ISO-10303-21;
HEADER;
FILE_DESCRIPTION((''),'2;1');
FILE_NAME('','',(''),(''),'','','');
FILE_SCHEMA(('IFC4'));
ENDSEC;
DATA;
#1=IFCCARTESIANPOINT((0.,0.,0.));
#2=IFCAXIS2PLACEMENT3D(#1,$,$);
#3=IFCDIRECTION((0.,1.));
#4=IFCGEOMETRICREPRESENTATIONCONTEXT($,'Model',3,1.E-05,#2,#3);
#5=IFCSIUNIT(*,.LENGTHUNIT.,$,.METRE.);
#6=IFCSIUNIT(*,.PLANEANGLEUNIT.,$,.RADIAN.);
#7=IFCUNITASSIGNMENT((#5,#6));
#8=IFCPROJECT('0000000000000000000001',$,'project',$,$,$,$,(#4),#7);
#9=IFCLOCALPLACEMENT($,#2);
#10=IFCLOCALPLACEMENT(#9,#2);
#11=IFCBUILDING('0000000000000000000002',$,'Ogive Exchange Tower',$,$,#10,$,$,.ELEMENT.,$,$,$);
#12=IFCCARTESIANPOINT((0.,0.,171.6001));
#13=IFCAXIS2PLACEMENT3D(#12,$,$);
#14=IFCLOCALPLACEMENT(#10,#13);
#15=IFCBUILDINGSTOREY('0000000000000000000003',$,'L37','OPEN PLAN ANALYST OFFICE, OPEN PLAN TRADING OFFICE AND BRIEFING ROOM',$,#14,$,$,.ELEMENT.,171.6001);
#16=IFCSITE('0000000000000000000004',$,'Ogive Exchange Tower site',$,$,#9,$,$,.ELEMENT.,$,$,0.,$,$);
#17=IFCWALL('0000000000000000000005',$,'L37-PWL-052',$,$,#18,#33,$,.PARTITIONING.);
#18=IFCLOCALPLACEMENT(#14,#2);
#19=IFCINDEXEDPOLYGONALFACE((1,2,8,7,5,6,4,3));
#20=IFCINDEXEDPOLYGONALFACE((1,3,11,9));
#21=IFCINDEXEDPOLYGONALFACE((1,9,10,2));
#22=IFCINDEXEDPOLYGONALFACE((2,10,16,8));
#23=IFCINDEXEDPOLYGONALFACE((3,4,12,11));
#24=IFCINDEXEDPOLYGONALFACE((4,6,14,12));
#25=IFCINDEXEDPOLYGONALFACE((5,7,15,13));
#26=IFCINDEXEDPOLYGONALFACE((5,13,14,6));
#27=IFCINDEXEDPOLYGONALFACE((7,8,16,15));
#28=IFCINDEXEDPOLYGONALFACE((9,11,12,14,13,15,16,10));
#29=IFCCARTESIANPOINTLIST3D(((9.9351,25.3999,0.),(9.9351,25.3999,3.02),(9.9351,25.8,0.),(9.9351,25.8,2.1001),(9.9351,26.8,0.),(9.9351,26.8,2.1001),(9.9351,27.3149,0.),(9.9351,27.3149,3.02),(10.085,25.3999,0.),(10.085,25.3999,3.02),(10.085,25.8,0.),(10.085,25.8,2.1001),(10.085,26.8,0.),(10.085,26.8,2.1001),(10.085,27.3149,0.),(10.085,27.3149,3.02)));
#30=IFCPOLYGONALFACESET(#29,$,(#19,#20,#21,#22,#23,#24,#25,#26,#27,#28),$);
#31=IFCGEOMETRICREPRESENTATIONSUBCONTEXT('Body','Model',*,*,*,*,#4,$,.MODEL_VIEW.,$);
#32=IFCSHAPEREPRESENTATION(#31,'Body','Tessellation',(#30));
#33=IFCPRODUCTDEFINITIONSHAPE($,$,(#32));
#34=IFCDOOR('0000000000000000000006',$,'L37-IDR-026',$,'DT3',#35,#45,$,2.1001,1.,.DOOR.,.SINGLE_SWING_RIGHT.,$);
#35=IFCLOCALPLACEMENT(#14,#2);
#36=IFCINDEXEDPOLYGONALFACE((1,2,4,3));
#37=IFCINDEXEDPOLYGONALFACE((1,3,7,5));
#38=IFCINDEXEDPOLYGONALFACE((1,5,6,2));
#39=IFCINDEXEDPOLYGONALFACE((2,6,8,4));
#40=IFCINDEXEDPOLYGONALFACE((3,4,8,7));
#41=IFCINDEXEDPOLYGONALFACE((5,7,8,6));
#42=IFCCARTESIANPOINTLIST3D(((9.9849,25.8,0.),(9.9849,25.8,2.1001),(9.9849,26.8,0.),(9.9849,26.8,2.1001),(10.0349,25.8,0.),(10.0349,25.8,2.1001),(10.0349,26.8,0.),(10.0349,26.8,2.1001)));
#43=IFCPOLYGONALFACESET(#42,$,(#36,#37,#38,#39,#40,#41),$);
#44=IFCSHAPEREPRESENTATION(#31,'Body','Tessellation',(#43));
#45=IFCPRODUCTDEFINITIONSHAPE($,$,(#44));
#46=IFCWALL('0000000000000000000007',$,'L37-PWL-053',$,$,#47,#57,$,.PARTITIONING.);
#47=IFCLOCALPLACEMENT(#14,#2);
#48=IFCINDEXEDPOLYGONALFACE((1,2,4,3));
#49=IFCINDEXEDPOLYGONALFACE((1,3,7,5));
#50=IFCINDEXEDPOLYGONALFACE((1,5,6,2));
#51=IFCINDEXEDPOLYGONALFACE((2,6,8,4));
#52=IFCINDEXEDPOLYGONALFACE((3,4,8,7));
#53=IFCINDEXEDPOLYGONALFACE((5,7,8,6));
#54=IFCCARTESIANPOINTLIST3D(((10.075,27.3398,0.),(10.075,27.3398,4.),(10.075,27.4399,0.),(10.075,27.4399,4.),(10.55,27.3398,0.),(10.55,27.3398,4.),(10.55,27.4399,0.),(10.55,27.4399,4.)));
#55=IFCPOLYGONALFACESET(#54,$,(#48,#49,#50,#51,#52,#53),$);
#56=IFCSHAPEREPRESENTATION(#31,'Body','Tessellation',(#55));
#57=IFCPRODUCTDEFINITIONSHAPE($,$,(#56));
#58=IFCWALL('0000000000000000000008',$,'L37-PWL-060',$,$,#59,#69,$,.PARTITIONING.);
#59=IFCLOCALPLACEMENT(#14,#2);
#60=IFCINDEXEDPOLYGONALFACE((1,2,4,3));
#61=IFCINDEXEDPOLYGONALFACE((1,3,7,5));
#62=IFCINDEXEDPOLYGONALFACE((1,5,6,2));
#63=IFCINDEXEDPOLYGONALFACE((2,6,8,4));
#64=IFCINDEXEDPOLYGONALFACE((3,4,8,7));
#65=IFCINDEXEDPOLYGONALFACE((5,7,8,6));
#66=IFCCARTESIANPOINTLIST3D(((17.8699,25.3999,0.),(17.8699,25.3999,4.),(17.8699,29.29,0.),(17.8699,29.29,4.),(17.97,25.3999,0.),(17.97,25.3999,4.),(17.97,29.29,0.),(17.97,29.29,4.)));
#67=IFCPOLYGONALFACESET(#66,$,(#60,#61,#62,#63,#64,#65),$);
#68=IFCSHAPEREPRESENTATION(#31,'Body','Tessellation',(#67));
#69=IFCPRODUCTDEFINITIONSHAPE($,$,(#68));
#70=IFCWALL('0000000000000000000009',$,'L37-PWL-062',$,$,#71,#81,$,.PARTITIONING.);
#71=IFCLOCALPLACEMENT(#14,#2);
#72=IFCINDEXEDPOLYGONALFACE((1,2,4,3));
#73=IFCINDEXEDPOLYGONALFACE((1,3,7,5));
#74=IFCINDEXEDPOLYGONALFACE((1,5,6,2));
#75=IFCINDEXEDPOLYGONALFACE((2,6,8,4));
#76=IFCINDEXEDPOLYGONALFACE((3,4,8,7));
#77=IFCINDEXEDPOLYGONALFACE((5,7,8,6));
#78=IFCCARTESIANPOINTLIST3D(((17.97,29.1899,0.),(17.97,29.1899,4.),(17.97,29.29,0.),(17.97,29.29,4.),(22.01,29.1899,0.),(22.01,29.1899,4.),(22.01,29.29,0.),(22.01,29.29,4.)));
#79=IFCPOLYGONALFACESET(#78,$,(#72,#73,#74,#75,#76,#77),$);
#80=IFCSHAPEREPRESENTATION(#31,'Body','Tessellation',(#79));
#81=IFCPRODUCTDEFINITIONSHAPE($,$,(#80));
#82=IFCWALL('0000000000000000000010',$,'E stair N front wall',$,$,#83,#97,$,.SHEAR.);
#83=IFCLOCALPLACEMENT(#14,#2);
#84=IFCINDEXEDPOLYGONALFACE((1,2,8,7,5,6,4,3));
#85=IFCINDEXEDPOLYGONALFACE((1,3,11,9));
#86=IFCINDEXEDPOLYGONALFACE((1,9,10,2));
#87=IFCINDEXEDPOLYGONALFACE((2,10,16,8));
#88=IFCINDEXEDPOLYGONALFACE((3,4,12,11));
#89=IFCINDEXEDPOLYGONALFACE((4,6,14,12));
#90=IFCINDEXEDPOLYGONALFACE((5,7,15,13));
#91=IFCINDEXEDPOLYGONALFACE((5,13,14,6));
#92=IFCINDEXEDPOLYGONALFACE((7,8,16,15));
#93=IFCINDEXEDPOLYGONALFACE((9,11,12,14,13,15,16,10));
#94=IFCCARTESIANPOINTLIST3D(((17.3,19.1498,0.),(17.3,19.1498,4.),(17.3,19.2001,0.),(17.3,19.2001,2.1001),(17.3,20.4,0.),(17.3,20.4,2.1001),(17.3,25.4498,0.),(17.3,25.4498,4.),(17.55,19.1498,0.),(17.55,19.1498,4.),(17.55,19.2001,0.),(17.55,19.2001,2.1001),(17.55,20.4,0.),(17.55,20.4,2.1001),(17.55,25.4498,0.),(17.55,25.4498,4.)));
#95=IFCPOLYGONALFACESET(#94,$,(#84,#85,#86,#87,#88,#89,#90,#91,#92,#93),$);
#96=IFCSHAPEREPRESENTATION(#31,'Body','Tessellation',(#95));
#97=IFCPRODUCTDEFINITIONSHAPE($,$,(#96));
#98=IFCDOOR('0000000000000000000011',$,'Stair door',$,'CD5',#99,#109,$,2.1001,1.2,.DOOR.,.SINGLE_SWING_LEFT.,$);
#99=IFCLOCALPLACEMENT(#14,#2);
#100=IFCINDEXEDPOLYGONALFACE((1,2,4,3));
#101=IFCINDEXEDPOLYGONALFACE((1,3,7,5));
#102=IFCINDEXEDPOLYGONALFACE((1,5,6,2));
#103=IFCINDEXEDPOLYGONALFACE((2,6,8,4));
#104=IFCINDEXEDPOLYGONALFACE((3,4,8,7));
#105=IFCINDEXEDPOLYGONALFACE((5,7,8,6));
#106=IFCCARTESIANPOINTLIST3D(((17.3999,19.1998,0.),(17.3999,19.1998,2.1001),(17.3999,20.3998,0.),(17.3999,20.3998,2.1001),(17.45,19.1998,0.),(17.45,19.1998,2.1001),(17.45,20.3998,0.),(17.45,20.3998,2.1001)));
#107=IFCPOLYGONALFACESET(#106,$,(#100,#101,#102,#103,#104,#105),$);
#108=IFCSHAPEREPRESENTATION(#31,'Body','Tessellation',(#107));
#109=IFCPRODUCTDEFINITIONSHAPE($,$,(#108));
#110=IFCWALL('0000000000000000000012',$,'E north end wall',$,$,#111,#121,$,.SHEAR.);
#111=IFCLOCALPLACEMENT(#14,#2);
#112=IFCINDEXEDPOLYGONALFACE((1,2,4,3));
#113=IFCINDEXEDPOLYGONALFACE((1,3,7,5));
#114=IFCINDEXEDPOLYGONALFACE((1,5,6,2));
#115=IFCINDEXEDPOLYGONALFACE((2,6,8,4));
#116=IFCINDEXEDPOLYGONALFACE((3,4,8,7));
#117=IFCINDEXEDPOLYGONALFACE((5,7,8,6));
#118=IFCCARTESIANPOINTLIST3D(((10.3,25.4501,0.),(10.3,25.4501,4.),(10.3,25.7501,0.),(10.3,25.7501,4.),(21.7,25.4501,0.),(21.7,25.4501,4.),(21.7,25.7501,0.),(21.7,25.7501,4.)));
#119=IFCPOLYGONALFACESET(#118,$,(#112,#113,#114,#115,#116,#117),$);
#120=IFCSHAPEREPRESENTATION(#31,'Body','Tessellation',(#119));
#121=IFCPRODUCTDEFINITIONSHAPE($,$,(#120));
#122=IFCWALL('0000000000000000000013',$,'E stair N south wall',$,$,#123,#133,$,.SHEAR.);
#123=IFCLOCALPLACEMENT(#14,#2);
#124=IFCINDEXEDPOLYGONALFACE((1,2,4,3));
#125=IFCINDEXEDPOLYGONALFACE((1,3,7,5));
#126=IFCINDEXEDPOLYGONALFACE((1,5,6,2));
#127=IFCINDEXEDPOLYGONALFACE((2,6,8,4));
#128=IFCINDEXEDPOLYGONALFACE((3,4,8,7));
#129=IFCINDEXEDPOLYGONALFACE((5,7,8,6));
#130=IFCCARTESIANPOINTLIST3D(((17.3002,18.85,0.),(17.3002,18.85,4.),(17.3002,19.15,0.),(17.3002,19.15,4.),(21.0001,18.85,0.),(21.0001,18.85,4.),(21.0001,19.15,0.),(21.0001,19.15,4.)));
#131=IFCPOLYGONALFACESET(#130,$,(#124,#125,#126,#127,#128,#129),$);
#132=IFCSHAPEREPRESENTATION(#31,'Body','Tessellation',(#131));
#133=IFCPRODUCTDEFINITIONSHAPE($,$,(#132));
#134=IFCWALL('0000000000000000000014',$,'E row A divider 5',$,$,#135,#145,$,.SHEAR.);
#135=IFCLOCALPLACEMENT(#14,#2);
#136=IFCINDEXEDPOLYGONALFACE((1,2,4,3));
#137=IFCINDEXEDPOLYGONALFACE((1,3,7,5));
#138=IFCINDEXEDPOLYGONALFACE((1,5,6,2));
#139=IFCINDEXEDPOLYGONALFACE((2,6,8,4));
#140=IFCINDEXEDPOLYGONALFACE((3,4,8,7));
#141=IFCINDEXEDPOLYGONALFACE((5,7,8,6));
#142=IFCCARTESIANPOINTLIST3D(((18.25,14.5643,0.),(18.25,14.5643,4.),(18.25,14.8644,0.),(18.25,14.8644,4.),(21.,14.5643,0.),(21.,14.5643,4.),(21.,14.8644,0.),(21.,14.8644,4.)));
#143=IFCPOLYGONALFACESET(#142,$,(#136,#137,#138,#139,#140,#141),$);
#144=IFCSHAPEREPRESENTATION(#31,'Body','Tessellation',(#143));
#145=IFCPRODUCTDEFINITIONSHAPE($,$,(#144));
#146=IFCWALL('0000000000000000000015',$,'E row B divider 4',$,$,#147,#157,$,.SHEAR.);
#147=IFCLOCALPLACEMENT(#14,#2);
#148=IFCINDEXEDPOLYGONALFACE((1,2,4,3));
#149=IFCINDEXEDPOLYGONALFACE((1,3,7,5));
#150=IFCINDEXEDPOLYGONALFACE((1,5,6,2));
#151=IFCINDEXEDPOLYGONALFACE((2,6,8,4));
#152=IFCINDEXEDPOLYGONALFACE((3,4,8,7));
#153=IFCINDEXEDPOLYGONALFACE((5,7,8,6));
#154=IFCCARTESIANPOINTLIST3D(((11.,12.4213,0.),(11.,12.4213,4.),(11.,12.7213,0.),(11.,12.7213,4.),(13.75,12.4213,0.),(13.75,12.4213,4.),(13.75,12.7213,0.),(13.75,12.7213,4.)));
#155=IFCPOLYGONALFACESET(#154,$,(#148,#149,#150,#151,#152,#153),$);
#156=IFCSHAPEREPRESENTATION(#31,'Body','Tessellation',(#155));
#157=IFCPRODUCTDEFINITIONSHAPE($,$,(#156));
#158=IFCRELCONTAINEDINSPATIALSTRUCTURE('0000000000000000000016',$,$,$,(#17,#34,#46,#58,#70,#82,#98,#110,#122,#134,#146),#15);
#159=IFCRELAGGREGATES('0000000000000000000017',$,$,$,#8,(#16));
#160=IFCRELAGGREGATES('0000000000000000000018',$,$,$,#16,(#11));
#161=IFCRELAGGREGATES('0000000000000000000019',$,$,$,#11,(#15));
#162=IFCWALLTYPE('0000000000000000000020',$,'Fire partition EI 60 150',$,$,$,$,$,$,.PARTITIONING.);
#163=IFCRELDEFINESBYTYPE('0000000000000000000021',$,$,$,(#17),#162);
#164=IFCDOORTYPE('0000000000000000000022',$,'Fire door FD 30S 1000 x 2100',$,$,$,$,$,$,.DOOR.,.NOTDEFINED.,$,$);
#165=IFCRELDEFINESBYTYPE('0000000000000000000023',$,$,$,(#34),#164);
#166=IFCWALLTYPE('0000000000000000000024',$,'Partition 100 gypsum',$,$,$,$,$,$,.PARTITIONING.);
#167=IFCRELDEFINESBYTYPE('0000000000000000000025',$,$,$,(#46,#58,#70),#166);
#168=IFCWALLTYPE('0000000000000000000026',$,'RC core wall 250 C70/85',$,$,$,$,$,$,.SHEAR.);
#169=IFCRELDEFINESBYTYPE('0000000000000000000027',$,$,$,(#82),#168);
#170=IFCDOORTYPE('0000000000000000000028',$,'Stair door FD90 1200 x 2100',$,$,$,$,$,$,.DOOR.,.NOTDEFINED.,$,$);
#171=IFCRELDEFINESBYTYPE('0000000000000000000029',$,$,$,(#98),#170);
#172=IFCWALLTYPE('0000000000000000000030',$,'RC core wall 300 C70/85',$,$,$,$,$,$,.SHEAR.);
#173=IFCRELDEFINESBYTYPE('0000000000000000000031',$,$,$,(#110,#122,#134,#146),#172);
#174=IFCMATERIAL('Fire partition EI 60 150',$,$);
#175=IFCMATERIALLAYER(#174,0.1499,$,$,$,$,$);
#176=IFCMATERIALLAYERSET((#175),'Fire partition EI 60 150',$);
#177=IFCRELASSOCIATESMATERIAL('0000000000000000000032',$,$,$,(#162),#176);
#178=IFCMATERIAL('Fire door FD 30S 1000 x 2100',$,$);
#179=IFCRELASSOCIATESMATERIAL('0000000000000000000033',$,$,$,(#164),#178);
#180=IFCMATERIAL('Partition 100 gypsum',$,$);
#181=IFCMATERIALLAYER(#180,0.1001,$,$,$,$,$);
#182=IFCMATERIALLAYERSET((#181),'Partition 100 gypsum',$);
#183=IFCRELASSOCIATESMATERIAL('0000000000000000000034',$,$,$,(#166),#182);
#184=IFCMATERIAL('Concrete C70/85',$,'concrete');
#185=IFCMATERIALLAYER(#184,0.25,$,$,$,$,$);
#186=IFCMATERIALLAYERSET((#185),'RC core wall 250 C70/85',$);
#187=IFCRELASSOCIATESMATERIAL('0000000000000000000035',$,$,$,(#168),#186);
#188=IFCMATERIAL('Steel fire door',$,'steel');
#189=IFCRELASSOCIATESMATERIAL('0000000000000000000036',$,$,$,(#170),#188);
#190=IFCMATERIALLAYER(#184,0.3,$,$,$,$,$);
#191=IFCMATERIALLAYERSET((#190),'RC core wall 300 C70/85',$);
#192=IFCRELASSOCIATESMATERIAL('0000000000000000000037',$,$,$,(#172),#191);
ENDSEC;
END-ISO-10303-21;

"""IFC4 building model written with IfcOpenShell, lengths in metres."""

from ifc_helpers import new_model, si_unit, direction, frame, frame_2d, origin, place, context, subcontext, project, spatial, rectangle, extrude, material, layer, layer_set, type_object, element, fill, save


model = new_model("IFC4")

# Units and contexts
model_context = context("Model", 3, precision=1e-05, world=origin(), true_north=direction((0.0, 1.0)))
body_context = subcontext(model_context, "Body", "Model", "MODEL_VIEW")
ifc_project = project(units=[si_unit("LENGTHUNIT", "METRE"), si_unit("PLANEANGLEUNIT", "RADIAN")], contexts=[model_context])

# Site, building, storey
site_placement = place(None, origin())
site = spatial("IfcSite", under=ifc_project, at=site_placement, Name="Ogive Exchange Tower site", CompositionType="ELEMENT", RefElevation=0.0)
building_placement = place(site_placement, origin())
building = spatial("IfcBuilding", under=site, at=building_placement, Name="Ogive Exchange Tower", CompositionType="ELEMENT")
storey_placement = place(building_placement, frame((0.0, 0.0, 171.6001)))
storey = spatial("IfcBuildingStorey", under=building, at=storey_placement, Name="L37", Description="OPEN PLAN ANALYST OFFICE, OPEN PLAN TRADING OFFICE AND BRIEFING ROOM", CompositionType="ELEMENT", Elevation=171.6001)

# Shared definitions
ifc_material_1 = material(Name="Fire partition EI 60 150")
ifc_layer_1 = layer(ifc_material_1, 0.1499)
ifc_layer_set_1 = layer_set([ifc_layer_1], Name="Fire partition EI 60 150")
wall_type_1 = type_object("IfcWallType", Name="Fire partition EI 60 150", PredefinedType="PARTITIONING", material=ifc_layer_set_1)

# Wall, opening, door
wall_1_placement = place(storey_placement, frame((10.01, 27.3149, 0.0), z_axis=(0.0, 0.0, 1.0), x_axis=(0.0, -1.0, 0.0)))
wall_1 = element("IfcWall", 1, at=wall_1_placement, inside=storey, type_object=wall_type_1, Name="L37-PWL-052", PredefinedType="PARTITIONING", context=body_context, shape_type="SweptSolid", body=[
    extrude(rectangle(XDim=1.915, YDim=0.1499, at=frame_2d((0.9575, 0.0))), origin(), (0.0, 0.0, 1.0), 3.02),
])
opening_1_placement = place(wall_1_placement, frame((0.5149, 0.0, 0.0)))
opening_1 = element("IfcOpeningElement", 2, at=opening_1_placement, cuts=wall_1, PredefinedType="OPENING", context=body_context, shape_type="SweptSolid", body=[
    extrude(rectangle(XDim=1.0, YDim=2.1001, at=frame_2d((0.5, 1.05))), frame((0.0, 0.085, 0.0), z_axis=(0.0, -1.0, 0.0), x_axis=(1.0, 0.0, 0.0)), (0.0, 0.0, 1.0), 0.1699),
])
ifc_material_2 = material(Name="Fire door FD 30S 1000 x 2100")
door_type_1 = type_object("IfcDoorType", Name="Fire door FD 30S 1000 x 2100", OperationType="NOTDEFINED", PredefinedType="DOOR", material=ifc_material_2)
door_1_placement = place(opening_1_placement, origin())
door_1 = element("IfcDoor", 3, at=door_1_placement, inside=storey, type_object=door_type_1, Name="L37-IDR-026", ObjectType="DT3", OperationType="SINGLE_SWING_RIGHT", OverallHeight=2.1001, OverallWidth=1.0, PredefinedType="DOOR", context=body_context, shape_type="SweptSolid", body=[
    extrude(rectangle(XDim=1.0, YDim=2.1001, at=frame_2d((0.5, 1.05))), frame((0.0, 0.0249, 0.0), z_axis=(0.0, -1.0, 0.0), x_axis=(1.0, 0.0, 0.0)), (0.0, 0.0, 1.0), 0.05),
])
fill(opening_1, door_1)

# Walls
ifc_material_3 = material(Name="Partition 100 gypsum")
ifc_layer_2 = layer(ifc_material_3, 0.1001)
ifc_layer_set_2 = layer_set([ifc_layer_2], Name="Partition 100 gypsum")
wall_type_2 = type_object("IfcWallType", Name="Partition 100 gypsum", PredefinedType="PARTITIONING", material=ifc_layer_set_2)
wall_2_placement = place(storey_placement, frame((10.55, 27.3899, 0.0), z_axis=(0.0, 0.0, 1.0), x_axis=(-1.0, 0.0, 0.0)))
element("IfcWall", 4, at=wall_2_placement, inside=storey, type_object=wall_type_2, Name="L37-PWL-053", PredefinedType="PARTITIONING", context=body_context, shape_type="SweptSolid", body=[
    extrude(rectangle(XDim=0.4751, YDim=0.1001, at=frame_2d((0.2375, 0.0))), origin(), (0.0, 0.0, 1.0), 4.0),
])
wall_3_placement = place(storey_placement, frame((17.9199, 25.3999, 0.0), z_axis=(0.0, 0.0, 1.0), x_axis=(0.0, 1.0, 0.0)))
element("IfcWall", 5, at=wall_3_placement, inside=storey, type_object=wall_type_2, Name="L37-PWL-060", PredefinedType="PARTITIONING", context=body_context, shape_type="SweptSolid", body=[
    extrude(rectangle(XDim=3.8901, YDim=0.1001, at=frame_2d((1.9451, 0.0))), origin(), (0.0, 0.0, 1.0), 4.0),
])
wall_4_placement = place(storey_placement, frame((17.97, 29.24, 0.0), z_axis=(0.0, 0.0, 1.0), x_axis=(1.0, 0.0, 0.0)))
element("IfcWall", 6, at=wall_4_placement, inside=storey, type_object=wall_type_2, Name="L37-PWL-062", PredefinedType="PARTITIONING", context=body_context, shape_type="SweptSolid", body=[
    extrude(rectangle(XDim=4.04, YDim=0.1001, at=frame_2d((2.02, 0.0))), origin(), (0.0, 0.0, 1.0), 4.0),
])

# Wall, opening, door
ifc_material_4 = material(Name="Concrete C70/85", Category="concrete")
ifc_layer_3 = layer(ifc_material_4, 0.25)
ifc_layer_set_3 = layer_set([ifc_layer_3], Name="RC core wall 250 C70/85")
wall_type_3 = type_object("IfcWallType", Name="RC core wall 250 C70/85", PredefinedType="SHEAR", material=ifc_layer_set_3)
wall_5_placement = place(storey_placement, frame((17.425, 19.1499, 0.0), z_axis=(0.0, 0.0, 1.0), x_axis=(0.0, 1.0, 0.0)))
wall_5 = element("IfcWall", 7, at=wall_5_placement, inside=storey, type_object=wall_type_3, Name="E stair N front wall", PredefinedType="SHEAR", context=body_context, shape_type="SweptSolid", body=[
    extrude(rectangle(XDim=6.3, YDim=0.25, at=frame_2d((3.1499, 0.0))), origin(), (0.0, 0.0, 1.0), 4.0),
])
opening_2_placement = place(wall_5_placement, frame((0.05, 0.0, 0.0)))
opening_2 = element("IfcOpeningElement", 8, at=opening_2_placement, cuts=wall_5, PredefinedType="OPENING", context=body_context, shape_type="SweptSolid", body=[
    extrude(rectangle(XDim=1.2, YDim=2.1001, at=frame_2d((0.6001, 1.05))), frame((0.0, 0.135, 0.0), z_axis=(0.0, -1.0, 0.0), x_axis=(1.0, 0.0, 0.0)), (0.0, 0.0, 1.0), 0.27),
])
ifc_material_5 = material(Name="Steel fire door", Category="steel")
door_type_2 = type_object("IfcDoorType", Name="Stair door FD90 1200 x 2100", OperationType="NOTDEFINED", PredefinedType="DOOR", material=ifc_material_5)
door_2_placement = place(opening_2_placement, frame((1.2, 0.0, 0.0), z_axis=(0.0, 0.0, 1.0), x_axis=(-1.0, 0.0, 0.0)))
door_2 = element("IfcDoor", 9, at=door_2_placement, inside=storey, type_object=door_type_2, Name="Stair door", ObjectType="CD5", OperationType="SINGLE_SWING_LEFT", OverallHeight=2.1001, OverallWidth=1.2, PredefinedType="DOOR", context=body_context, shape_type="SweptSolid", body=[
    extrude(rectangle(XDim=1.2, YDim=2.1001, at=frame_2d((0.6001, 1.05))), frame((0.0, 0.0249, 0.0), z_axis=(0.0, -1.0, 0.0), x_axis=(1.0, 0.0, 0.0)), (0.0, 0.0, 1.0), 0.05),
])
fill(opening_2, door_2)

# Walls
ifc_layer_4 = layer(ifc_material_4, 0.3)
ifc_layer_set_4 = layer_set([ifc_layer_4], Name="RC core wall 300 C70/85")
wall_type_4 = type_object("IfcWallType", Name="RC core wall 300 C70/85", PredefinedType="SHEAR", material=ifc_layer_set_4)
wall_6_placement = place(storey_placement, frame((10.3, 25.6001, 0.0), z_axis=(0.0, 0.0, 1.0), x_axis=(1.0, 0.0, 0.0)))
element("IfcWall", 10, at=wall_6_placement, inside=storey, type_object=wall_type_4, Name="E north end wall", PredefinedType="SHEAR", context=body_context, shape_type="SweptSolid", body=[
    extrude(rectangle(XDim=11.3999, YDim=0.3, at=frame_2d((5.7, 0.0))), origin(), (0.0, 0.0, 1.0), 4.0),
])
wall_7_placement = place(storey_placement, frame((17.3, 19.0, 0.0), z_axis=(0.0, 0.0, 1.0), x_axis=(1.0, 0.0, 0.0)))
element("IfcWall", 11, at=wall_7_placement, inside=storey, type_object=wall_type_4, Name="E stair N south wall", PredefinedType="SHEAR", context=body_context, shape_type="SweptSolid", body=[
    extrude(rectangle(XDim=3.7, YDim=0.3, at=frame_2d((1.8501, 0.0))), origin(), (0.0, 0.0, 1.0), 4.0),
])
for number, where, z_axis, x_axis, name in (
    (12, (18.25, 14.7144, 0.0), (0.0, 0.0, 1.0), (1.0, 0.0, 0.0), "E row A divider 5"),
    (13, (11.0, 12.5713, 0.0), (0.0, 0.0, 1.0), (1.0, 0.0, 0.0), "E row B divider 4"),
):
    element("IfcWall", number, at=place(storey_placement, frame(where, z_axis=z_axis, x_axis=x_axis)), inside=storey, type_object=wall_type_4, Name=name, PredefinedType="SHEAR", context=body_context, shape_type="SweptSolid", body=[
        extrude(rectangle(XDim=2.75, YDim=0.3, at=frame_2d((1.375, 0.0))), origin(), (0.0, 0.0, 1.0), 4.0),
    ])

save(model, "model.ifc")
